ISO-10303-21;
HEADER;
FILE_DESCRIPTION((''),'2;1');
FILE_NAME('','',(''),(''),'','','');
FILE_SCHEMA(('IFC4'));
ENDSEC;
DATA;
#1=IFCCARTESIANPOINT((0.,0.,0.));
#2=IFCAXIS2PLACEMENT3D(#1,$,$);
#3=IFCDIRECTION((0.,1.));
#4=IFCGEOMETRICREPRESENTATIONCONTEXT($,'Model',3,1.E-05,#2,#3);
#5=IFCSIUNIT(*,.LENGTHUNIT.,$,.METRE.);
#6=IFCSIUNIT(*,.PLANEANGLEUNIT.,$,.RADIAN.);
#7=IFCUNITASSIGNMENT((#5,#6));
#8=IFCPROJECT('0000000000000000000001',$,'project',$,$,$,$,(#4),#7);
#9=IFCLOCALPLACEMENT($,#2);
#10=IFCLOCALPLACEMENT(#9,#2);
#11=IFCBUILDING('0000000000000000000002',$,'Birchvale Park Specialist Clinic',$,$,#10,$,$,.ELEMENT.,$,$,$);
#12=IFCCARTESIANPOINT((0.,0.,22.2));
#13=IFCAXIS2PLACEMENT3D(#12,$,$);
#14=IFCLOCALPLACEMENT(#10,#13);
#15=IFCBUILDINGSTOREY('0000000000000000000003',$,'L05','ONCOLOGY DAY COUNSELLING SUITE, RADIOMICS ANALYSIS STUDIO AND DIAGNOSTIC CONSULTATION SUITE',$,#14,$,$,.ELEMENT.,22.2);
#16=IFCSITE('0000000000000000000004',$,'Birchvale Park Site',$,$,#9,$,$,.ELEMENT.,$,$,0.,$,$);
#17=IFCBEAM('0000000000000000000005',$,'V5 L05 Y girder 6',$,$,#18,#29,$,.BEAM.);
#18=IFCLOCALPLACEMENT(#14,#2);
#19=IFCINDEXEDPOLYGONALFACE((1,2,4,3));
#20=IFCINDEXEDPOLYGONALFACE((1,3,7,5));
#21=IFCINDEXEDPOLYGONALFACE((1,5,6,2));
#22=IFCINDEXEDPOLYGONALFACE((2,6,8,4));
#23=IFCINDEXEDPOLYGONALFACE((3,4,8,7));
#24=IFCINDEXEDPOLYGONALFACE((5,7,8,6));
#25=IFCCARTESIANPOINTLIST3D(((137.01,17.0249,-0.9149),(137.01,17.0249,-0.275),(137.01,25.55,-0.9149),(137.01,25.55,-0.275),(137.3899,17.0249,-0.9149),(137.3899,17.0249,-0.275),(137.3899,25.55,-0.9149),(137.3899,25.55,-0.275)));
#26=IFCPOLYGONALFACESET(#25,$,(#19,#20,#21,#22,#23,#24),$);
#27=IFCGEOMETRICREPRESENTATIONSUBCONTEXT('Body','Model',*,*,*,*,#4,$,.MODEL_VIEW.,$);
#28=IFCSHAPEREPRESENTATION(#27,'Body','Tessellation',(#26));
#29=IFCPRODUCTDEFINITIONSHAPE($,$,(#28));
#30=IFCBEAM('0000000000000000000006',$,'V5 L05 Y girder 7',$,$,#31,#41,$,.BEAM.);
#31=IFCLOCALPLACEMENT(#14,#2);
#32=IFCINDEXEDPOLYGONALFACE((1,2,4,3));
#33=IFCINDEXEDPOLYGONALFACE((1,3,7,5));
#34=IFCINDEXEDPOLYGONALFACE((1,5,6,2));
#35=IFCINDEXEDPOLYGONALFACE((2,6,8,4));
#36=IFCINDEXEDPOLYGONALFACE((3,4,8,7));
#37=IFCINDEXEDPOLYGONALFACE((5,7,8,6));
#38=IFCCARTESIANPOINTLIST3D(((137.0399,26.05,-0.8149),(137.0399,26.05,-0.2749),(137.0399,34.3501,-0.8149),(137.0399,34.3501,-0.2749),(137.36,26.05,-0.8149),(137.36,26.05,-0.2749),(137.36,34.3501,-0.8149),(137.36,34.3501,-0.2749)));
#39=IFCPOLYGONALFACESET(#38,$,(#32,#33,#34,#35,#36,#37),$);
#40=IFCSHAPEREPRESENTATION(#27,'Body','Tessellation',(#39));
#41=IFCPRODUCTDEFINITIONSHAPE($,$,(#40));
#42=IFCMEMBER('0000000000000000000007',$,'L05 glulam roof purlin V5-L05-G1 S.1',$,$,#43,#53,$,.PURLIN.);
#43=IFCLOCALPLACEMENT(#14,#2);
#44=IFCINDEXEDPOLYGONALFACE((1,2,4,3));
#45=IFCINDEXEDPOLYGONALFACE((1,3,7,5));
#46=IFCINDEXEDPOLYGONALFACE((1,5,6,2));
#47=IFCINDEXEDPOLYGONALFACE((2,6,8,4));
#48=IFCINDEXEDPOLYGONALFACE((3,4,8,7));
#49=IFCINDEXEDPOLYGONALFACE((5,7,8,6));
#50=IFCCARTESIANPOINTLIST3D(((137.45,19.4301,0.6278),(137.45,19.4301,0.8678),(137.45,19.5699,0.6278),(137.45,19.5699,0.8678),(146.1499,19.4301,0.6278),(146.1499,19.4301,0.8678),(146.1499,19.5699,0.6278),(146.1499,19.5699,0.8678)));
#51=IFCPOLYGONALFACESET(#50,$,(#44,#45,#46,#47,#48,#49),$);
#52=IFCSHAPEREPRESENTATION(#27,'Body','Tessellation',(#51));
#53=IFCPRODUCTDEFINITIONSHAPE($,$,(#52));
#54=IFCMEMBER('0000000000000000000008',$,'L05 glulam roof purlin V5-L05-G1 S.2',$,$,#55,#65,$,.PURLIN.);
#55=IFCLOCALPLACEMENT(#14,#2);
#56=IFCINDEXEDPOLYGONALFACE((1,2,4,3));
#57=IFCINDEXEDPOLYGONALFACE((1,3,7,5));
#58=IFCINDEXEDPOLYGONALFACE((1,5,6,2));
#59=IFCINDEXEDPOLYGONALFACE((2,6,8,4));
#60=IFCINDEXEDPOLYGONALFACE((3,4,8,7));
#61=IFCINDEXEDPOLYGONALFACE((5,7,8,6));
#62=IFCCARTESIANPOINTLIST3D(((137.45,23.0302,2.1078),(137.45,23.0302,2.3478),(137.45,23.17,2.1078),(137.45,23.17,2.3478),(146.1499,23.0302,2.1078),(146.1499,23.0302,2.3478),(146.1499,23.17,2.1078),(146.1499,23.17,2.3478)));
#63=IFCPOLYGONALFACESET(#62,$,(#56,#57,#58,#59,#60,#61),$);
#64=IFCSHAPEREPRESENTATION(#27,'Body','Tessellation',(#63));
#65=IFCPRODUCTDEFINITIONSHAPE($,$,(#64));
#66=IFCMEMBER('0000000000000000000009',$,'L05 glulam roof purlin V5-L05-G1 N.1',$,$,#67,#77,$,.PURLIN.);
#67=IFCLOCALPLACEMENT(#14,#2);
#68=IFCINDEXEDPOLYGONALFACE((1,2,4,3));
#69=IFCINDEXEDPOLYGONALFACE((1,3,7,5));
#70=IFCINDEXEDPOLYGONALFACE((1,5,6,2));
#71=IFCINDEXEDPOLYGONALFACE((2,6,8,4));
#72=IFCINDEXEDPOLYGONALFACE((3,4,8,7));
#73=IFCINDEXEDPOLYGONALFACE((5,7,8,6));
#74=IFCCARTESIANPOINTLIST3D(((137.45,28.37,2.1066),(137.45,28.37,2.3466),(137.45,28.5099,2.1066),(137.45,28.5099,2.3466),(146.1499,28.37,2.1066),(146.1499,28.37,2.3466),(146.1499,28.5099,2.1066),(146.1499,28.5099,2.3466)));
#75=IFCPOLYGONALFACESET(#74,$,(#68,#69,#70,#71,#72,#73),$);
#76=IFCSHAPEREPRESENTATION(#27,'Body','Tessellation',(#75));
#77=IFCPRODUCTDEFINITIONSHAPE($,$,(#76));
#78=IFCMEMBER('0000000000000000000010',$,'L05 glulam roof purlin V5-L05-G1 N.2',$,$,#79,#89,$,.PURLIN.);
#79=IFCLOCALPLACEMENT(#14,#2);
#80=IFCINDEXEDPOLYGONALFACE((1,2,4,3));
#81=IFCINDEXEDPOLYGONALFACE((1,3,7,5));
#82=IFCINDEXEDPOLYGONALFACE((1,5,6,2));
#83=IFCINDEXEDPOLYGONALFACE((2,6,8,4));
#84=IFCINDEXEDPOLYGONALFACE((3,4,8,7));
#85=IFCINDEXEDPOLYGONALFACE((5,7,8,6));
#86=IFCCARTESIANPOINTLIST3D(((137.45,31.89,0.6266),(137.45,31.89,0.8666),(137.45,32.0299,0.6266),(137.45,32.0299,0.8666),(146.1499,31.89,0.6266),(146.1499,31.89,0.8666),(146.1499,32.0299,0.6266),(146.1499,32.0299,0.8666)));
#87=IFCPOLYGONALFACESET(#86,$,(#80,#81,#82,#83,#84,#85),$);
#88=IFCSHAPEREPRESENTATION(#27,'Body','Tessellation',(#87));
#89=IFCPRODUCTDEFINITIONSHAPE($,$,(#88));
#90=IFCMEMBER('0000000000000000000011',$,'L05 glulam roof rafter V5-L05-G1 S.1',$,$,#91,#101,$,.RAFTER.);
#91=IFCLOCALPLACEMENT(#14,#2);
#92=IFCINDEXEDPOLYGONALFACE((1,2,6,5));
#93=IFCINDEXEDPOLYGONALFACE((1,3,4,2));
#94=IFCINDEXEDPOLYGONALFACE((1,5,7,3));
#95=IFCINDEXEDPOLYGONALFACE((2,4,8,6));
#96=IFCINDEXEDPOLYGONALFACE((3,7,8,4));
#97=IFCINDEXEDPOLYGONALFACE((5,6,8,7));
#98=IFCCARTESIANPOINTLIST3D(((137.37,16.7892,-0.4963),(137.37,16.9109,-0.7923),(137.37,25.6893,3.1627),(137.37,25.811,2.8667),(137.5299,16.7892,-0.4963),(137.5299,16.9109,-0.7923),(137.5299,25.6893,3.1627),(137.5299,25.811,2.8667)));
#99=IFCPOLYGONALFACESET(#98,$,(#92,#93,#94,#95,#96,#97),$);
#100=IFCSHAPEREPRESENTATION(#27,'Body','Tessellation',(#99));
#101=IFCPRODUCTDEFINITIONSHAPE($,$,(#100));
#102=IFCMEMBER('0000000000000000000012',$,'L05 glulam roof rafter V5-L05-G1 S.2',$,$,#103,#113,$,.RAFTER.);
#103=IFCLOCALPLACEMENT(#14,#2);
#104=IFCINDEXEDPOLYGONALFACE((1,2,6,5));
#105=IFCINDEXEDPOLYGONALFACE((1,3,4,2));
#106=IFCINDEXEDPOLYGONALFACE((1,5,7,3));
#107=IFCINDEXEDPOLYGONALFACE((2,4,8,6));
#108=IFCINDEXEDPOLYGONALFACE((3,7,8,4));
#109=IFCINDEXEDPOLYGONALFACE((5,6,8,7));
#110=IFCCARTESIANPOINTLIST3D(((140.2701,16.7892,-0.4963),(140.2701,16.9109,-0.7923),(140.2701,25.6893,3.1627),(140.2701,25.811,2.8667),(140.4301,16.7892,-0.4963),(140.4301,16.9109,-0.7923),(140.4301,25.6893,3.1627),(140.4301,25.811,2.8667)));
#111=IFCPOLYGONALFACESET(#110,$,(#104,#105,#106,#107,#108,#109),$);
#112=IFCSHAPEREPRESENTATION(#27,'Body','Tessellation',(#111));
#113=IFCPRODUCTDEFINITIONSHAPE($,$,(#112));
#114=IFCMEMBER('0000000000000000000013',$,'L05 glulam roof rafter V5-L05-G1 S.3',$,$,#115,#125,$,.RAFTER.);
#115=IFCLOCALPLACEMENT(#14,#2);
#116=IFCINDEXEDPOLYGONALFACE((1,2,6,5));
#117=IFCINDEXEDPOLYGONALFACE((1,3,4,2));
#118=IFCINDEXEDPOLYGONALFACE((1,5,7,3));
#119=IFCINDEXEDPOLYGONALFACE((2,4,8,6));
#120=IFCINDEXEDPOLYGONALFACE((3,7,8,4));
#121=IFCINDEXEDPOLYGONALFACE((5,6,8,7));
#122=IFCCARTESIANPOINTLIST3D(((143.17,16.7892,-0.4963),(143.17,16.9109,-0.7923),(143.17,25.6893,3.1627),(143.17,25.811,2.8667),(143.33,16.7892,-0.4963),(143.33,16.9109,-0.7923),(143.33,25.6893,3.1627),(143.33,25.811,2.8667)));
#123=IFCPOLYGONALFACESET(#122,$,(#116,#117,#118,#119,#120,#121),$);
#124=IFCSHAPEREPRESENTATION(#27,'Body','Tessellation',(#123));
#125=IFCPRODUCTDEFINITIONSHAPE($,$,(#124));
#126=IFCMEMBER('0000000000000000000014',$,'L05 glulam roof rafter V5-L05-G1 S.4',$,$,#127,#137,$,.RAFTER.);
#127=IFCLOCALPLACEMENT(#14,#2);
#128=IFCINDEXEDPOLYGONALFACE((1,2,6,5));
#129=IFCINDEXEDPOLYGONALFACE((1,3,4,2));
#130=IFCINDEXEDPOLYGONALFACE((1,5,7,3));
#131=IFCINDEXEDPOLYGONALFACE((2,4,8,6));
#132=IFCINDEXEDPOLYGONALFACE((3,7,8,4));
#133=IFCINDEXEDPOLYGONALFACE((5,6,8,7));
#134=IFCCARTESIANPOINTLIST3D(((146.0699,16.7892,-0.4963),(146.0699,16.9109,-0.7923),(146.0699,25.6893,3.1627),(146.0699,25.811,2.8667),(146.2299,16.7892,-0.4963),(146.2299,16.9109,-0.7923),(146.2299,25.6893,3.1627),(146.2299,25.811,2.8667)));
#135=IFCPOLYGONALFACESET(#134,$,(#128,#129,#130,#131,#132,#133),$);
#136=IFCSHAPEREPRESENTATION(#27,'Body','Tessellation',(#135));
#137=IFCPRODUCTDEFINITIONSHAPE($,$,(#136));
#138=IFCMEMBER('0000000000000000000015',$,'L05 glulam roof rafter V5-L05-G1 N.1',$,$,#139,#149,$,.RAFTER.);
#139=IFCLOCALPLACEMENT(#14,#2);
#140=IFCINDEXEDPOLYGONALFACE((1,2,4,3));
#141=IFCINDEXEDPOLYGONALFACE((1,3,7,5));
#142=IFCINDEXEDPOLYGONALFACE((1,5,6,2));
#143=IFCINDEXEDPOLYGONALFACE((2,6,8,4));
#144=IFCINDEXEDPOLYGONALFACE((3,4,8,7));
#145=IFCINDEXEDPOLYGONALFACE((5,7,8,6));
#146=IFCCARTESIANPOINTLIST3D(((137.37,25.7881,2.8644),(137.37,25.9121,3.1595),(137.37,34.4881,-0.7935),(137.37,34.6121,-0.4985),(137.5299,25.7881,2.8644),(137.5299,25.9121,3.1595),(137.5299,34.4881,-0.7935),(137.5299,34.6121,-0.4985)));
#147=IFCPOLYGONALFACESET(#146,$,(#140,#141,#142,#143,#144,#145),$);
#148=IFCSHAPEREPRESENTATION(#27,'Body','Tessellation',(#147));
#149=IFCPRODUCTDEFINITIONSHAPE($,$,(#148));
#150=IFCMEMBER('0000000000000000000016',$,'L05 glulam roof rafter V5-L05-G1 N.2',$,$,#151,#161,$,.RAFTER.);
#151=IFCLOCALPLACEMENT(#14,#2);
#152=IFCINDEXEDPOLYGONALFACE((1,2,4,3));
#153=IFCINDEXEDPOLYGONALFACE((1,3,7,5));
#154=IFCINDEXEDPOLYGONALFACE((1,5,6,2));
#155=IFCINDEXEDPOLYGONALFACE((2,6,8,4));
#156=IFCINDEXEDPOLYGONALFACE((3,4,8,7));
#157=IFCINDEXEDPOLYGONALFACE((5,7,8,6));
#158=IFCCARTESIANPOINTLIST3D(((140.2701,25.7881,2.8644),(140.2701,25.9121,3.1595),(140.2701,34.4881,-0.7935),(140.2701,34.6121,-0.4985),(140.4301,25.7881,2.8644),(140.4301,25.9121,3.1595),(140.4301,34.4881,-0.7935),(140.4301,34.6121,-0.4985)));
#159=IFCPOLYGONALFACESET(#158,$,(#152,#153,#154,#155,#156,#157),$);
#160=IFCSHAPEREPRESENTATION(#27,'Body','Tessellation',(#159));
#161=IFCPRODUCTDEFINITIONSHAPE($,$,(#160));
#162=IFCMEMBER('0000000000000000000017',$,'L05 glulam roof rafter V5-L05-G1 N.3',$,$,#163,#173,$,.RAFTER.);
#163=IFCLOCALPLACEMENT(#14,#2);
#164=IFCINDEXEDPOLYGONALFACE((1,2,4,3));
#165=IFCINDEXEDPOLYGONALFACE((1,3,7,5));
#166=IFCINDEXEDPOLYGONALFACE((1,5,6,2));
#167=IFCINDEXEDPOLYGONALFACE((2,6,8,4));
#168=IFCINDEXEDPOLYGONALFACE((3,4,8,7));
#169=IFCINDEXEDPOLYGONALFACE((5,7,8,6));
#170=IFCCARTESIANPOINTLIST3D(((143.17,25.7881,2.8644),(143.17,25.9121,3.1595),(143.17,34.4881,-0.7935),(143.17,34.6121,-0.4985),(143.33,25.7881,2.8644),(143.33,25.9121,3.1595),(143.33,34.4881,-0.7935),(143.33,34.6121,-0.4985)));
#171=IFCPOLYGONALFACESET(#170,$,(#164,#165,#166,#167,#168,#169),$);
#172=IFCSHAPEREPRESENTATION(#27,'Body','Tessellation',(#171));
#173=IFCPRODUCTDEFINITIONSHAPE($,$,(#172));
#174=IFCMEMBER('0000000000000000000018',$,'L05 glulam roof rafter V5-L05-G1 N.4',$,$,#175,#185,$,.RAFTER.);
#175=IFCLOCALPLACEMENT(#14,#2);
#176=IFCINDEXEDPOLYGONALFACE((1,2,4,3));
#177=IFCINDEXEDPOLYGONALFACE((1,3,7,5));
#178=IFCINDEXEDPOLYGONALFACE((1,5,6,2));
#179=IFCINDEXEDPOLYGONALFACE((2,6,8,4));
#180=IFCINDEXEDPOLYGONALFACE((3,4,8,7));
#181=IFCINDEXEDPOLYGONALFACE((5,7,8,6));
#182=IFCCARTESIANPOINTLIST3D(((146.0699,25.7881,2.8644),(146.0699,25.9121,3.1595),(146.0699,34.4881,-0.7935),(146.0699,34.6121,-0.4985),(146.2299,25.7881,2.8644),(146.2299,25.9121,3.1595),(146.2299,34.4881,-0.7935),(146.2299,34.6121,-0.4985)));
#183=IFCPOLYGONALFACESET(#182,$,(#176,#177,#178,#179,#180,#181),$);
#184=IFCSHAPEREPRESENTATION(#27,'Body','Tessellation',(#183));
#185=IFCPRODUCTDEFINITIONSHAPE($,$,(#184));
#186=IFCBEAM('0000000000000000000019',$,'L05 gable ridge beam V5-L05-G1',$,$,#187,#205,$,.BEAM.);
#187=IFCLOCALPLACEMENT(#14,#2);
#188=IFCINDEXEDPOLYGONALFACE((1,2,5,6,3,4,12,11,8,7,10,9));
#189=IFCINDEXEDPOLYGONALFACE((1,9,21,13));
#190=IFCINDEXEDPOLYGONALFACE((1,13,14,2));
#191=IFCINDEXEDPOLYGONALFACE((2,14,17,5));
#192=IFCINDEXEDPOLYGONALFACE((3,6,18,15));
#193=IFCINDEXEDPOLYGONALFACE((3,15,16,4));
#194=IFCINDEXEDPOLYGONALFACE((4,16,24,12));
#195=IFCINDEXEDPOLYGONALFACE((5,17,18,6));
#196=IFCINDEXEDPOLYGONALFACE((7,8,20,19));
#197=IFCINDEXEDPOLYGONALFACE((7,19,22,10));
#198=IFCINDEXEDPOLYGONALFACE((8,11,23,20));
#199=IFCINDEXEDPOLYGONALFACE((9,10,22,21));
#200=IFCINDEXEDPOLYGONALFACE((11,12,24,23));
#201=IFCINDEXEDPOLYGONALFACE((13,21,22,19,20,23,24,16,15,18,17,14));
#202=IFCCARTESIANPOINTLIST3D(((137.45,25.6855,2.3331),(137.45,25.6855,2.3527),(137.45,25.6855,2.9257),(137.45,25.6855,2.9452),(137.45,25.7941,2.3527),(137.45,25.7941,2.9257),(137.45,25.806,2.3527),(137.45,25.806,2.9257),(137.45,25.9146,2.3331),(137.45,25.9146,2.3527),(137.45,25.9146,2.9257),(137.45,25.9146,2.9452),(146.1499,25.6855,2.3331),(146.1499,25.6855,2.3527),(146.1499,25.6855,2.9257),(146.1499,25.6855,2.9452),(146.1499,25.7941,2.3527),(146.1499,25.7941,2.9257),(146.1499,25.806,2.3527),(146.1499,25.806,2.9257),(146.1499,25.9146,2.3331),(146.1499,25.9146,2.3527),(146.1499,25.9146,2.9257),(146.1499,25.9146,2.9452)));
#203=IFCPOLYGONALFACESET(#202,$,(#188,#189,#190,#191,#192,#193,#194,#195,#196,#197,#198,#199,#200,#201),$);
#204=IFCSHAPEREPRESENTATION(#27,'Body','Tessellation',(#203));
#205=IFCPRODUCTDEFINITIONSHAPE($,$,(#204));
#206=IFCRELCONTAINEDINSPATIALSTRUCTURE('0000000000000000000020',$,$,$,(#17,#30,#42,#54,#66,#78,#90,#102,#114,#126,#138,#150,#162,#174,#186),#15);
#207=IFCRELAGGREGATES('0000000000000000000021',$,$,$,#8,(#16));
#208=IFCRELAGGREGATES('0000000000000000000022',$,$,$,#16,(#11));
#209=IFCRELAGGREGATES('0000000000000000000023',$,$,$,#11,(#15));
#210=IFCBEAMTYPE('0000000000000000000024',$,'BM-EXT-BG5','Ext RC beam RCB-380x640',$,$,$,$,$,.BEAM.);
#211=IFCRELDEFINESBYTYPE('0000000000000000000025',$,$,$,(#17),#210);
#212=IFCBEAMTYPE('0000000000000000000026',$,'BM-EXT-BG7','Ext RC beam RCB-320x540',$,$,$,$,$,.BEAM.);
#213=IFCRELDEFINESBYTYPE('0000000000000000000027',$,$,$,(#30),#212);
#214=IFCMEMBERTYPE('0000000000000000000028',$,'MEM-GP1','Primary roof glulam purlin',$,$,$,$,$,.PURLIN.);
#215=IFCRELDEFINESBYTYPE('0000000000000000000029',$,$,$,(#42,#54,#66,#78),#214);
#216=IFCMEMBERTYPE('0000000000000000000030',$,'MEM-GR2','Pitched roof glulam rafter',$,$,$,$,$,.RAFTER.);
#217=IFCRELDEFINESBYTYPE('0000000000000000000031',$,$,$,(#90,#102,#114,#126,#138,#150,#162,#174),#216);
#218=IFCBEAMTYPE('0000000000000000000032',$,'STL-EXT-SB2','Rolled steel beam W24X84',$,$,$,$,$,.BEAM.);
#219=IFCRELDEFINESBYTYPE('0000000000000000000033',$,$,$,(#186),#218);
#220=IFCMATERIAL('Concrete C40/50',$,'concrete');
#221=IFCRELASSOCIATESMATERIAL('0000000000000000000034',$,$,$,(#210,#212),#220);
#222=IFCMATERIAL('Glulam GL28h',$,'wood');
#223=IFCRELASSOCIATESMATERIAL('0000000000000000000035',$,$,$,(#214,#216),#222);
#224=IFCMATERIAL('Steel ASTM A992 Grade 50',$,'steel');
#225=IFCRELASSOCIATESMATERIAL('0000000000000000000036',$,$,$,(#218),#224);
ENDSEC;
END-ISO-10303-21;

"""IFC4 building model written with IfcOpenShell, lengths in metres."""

from ifc_helpers import new_model, si_unit, direction, frame, origin, origin_2d, place, context, subcontext, project, spatial, rectangle, i_section, extrude, material, material_profile, profile_set, type_object, element, save


model = new_model("IFC4")

# Units and contexts
model_context = context("Model", 3, precision=1e-05, world=origin(), true_north=direction((0.0, 1.0)))
body_context = subcontext(model_context, "Body", "Model", "MODEL_VIEW")
ifc_project = project(units=[si_unit("LENGTHUNIT", "METRE"), si_unit("PLANEANGLEUNIT", "RADIAN")], contexts=[model_context])

# Site, building, storey
site_placement = place(None, origin())
site = spatial("IfcSite", under=ifc_project, at=site_placement, Name="Birchvale Park Site", CompositionType="ELEMENT", RefElevation=0.0)
building_placement = place(site_placement, origin())
building = spatial("IfcBuilding", under=site, at=building_placement, Name="Birchvale Park Specialist Clinic", CompositionType="ELEMENT")
storey_placement = place(building_placement, frame((0.0, 0.0, 22.2)))
storey = spatial("IfcBuildingStorey", under=building, at=storey_placement, Name="L05", Description="ONCOLOGY DAY COUNSELLING SUITE, RADIOMICS ANALYSIS STUDIO AND DIAGNOSTIC CONSULTATION SUITE", CompositionType="ELEMENT", Elevation=22.2)

# Beams
ifc_material_1 = material(Name="Concrete C40/50", Category="concrete")
ifc_material_profile_1 = material_profile(ifc_material_1, rectangle(XDim=0.3799, YDim=0.6399, at=origin_2d()), Name="RCB-380x640")
ifc_profile_set_1 = profile_set([ifc_material_profile_1], Name="Concrete C40/50")
beam_type_1 = type_object("IfcBeamType", Name="BM-EXT-BG5", Description="Ext RC beam RCB-380x640", PredefinedType="BEAM", material=ifc_profile_set_1)
beam_1_placement = place(storey_placement, frame((137.2, 17.0249, -0.595), z_axis=(0.0, 1.0, 0.0), x_axis=(-1.0, 0.0, 0.0)))
element("IfcBeam", 1, at=beam_1_placement, inside=storey, type_object=beam_type_1, Name="V5 L05 Y girder 6", PredefinedType="BEAM", context=body_context, shape_type="SweptSolid", body=[
    extrude(rectangle(XDim=0.3799, YDim=0.6399, at=origin_2d()), origin(), (0.0, 0.0, 1.0), 8.5251),
])
ifc_material_profile_2 = material_profile(ifc_material_1, rectangle(XDim=0.3201, YDim=0.54, at=origin_2d()), Name="RCB-320x540")
ifc_profile_set_2 = profile_set([ifc_material_profile_2], Name="Concrete C40/50")
beam_type_2 = type_object("IfcBeamType", Name="BM-EXT-BG7", Description="Ext RC beam RCB-320x540", PredefinedType="BEAM", material=ifc_profile_set_2)
beam_2_placement = place(storey_placement, frame((137.2, 26.05, -0.5449), z_axis=(0.0, 1.0, 0.0), x_axis=(-1.0, 0.0, 0.0)))
element("IfcBeam", 2, at=beam_2_placement, inside=storey, type_object=beam_type_2, Name="V5 L05 Y girder 7", PredefinedType="BEAM", context=body_context, shape_type="SweptSolid", body=[
    extrude(rectangle(XDim=0.3201, YDim=0.54, at=origin_2d()), origin(), (0.0, 0.0, 1.0), 8.3),
])

# Members
ifc_material_2 = material(Name="Glulam GL28h", Category="wood")
ifc_material_profile_3 = material_profile(ifc_material_2, rectangle(XDim=0.1399, YDim=0.24, at=origin_2d()), Name="GL-140x240")
ifc_profile_set_3 = profile_set([ifc_material_profile_3], Name="Glulam GL28h")
member_type_1 = type_object("IfcMemberType", Name="MEM-GP1", Description="Primary roof glulam purlin", PredefinedType="PURLIN", material=ifc_profile_set_3)
for number, where, z_axis, x_axis, name in (
    (3, (137.45, 19.5, 0.7478), (1.0, 0.0, 0.0), (0.0, 1.0, 0.0), "L05 glulam roof purlin V5-L05-G1 S.1"),
    (4, (137.45, 23.1001, 2.2278), (1.0, 0.0, 0.0), (0.0, 1.0, 0.0), "L05 glulam roof purlin V5-L05-G1 S.2"),
    (5, (137.45, 28.4399, 2.2266), (1.0, 0.0, 0.0), (0.0, 1.0, 0.0), "L05 glulam roof purlin V5-L05-G1 N.1"),
    (6, (137.45, 31.96, 0.7466), (1.0, 0.0, 0.0), (0.0, 1.0, 0.0), "L05 glulam roof purlin V5-L05-G1 N.2"),
):
    element("IfcMember", number, at=place(storey_placement, frame(where, z_axis=z_axis, x_axis=x_axis)), inside=storey, type_object=member_type_1, Name=name, PredefinedType="PURLIN", context=body_context, shape_type="SweptSolid", body=[
        extrude(rectangle(XDim=0.1399, YDim=0.24, at=origin_2d()), origin(), (0.0, 0.0, 1.0), 8.7),
    ])
ifc_material_profile_4 = material_profile(ifc_material_2, rectangle(XDim=0.1599, YDim=0.3201, at=origin_2d()), Name="GL-160x320")
ifc_profile_set_4 = profile_set([ifc_material_profile_4], Name="Glulam GL28h")
member_type_2 = type_object("IfcMemberType", Name="MEM-GR2", Description="Pitched roof glulam rafter", PredefinedType="RAFTER", material=ifc_profile_set_4)
for number, where, z_axis, x_axis, name in (
    (7, (137.45, 16.8501, -0.6443), (0.0, 0.924888, 0.380241), (-1.0, 0.0, 0.0), "L05 glulam roof rafter V5-L05-G1 S.1"),
    (8, (140.3501, 16.8501, -0.6443), (0.0, 0.924888, 0.380241), (-1.0, 0.0, 0.0), "L05 glulam roof rafter V5-L05-G1 S.2"),
    (9, (143.25, 16.8501, -0.6443), (0.0, 0.924888, 0.380241), (-1.0, 0.0, 0.0), "L05 glulam roof rafter V5-L05-G1 S.3"),
    (10, (146.1499, 16.8501, -0.6443), (0.0, 0.924888, 0.380241), (-1.0, 0.0, 0.0), "L05 glulam roof rafter V5-L05-G1 S.4"),
):
    element("IfcMember", number, at=place(storey_placement, frame(where, z_axis=z_axis, x_axis=x_axis)), inside=storey, type_object=member_type_2, Name=name, PredefinedType="RAFTER", context=body_context, shape_type="SweptSolid", body=[
        extrude(rectangle(XDim=0.1599, YDim=0.3201, at=origin_2d()), origin(), (0.0, 0.0, 1.0), 9.6228),
    ])
for number, where, z_axis, x_axis, name in (
    (11, (137.45, 25.8501, 3.012), (0.0, 0.921831, -0.387591), (-1.0, 0.0, 0.0), "L05 glulam roof rafter V5-L05-G1 N.1"),
    (12, (140.3501, 25.8501, 3.012), (0.0, 0.921831, -0.387591), (-1.0, 0.0, 0.0), "L05 glulam roof rafter V5-L05-G1 N.2"),
    (13, (143.25, 25.8501, 3.012), (0.0, 0.921831, -0.387591), (-1.0, 0.0, 0.0), "L05 glulam roof rafter V5-L05-G1 N.3"),
    (14, (146.1499, 25.8501, 3.012), (0.0, 0.921831, -0.387591), (-1.0, 0.0, 0.0), "L05 glulam roof rafter V5-L05-G1 N.4"),
):
    element("IfcMember", number, at=place(storey_placement, frame(where, z_axis=z_axis, x_axis=x_axis)), inside=storey, type_object=member_type_2, Name=name, PredefinedType="RAFTER", context=body_context, shape_type="SweptSolid", body=[
        extrude(rectangle(XDim=0.1599, YDim=0.3201, at=origin_2d()), origin(), (0.0, 0.0, 1.0), 9.4377),
    ])

# Beam
ifc_material_3 = material(Name="Steel ASTM A992 Grade 50", Category="steel")
ifc_material_profile_5 = material_profile(ifc_material_3, i_section(OverallWidth=0.229, OverallDepth=0.6121, WebThickness=0.012, FlangeThickness=0.0195, at=origin_2d()), Name="W24X84")
ifc_profile_set_5 = profile_set([ifc_material_profile_5], Name="Steel ASTM A992 Grade 50")
beam_type_3 = type_object("IfcBeamType", Name="STL-EXT-SB2", Description="Rolled steel beam W24X84", PredefinedType="BEAM", material=ifc_profile_set_5)
beam_3_placement = place(storey_placement, frame((137.45, 25.8, 2.6392), z_axis=(1.0, 0.0, 0.0), x_axis=(0.0, 1.0, 0.0)))
element("IfcBeam", 15, at=beam_3_placement, inside=storey, type_object=beam_type_3, Name="L05 gable ridge beam V5-L05-G1", PredefinedType="BEAM", context=body_context, shape_type="SweptSolid", body=[
    extrude(i_section(OverallWidth=0.229, OverallDepth=0.6121, WebThickness=0.012, FlangeThickness=0.0195, at=origin_2d()), origin(), (0.0, 0.0, 1.0), 8.7),
])

save(model, "model.ifc")
